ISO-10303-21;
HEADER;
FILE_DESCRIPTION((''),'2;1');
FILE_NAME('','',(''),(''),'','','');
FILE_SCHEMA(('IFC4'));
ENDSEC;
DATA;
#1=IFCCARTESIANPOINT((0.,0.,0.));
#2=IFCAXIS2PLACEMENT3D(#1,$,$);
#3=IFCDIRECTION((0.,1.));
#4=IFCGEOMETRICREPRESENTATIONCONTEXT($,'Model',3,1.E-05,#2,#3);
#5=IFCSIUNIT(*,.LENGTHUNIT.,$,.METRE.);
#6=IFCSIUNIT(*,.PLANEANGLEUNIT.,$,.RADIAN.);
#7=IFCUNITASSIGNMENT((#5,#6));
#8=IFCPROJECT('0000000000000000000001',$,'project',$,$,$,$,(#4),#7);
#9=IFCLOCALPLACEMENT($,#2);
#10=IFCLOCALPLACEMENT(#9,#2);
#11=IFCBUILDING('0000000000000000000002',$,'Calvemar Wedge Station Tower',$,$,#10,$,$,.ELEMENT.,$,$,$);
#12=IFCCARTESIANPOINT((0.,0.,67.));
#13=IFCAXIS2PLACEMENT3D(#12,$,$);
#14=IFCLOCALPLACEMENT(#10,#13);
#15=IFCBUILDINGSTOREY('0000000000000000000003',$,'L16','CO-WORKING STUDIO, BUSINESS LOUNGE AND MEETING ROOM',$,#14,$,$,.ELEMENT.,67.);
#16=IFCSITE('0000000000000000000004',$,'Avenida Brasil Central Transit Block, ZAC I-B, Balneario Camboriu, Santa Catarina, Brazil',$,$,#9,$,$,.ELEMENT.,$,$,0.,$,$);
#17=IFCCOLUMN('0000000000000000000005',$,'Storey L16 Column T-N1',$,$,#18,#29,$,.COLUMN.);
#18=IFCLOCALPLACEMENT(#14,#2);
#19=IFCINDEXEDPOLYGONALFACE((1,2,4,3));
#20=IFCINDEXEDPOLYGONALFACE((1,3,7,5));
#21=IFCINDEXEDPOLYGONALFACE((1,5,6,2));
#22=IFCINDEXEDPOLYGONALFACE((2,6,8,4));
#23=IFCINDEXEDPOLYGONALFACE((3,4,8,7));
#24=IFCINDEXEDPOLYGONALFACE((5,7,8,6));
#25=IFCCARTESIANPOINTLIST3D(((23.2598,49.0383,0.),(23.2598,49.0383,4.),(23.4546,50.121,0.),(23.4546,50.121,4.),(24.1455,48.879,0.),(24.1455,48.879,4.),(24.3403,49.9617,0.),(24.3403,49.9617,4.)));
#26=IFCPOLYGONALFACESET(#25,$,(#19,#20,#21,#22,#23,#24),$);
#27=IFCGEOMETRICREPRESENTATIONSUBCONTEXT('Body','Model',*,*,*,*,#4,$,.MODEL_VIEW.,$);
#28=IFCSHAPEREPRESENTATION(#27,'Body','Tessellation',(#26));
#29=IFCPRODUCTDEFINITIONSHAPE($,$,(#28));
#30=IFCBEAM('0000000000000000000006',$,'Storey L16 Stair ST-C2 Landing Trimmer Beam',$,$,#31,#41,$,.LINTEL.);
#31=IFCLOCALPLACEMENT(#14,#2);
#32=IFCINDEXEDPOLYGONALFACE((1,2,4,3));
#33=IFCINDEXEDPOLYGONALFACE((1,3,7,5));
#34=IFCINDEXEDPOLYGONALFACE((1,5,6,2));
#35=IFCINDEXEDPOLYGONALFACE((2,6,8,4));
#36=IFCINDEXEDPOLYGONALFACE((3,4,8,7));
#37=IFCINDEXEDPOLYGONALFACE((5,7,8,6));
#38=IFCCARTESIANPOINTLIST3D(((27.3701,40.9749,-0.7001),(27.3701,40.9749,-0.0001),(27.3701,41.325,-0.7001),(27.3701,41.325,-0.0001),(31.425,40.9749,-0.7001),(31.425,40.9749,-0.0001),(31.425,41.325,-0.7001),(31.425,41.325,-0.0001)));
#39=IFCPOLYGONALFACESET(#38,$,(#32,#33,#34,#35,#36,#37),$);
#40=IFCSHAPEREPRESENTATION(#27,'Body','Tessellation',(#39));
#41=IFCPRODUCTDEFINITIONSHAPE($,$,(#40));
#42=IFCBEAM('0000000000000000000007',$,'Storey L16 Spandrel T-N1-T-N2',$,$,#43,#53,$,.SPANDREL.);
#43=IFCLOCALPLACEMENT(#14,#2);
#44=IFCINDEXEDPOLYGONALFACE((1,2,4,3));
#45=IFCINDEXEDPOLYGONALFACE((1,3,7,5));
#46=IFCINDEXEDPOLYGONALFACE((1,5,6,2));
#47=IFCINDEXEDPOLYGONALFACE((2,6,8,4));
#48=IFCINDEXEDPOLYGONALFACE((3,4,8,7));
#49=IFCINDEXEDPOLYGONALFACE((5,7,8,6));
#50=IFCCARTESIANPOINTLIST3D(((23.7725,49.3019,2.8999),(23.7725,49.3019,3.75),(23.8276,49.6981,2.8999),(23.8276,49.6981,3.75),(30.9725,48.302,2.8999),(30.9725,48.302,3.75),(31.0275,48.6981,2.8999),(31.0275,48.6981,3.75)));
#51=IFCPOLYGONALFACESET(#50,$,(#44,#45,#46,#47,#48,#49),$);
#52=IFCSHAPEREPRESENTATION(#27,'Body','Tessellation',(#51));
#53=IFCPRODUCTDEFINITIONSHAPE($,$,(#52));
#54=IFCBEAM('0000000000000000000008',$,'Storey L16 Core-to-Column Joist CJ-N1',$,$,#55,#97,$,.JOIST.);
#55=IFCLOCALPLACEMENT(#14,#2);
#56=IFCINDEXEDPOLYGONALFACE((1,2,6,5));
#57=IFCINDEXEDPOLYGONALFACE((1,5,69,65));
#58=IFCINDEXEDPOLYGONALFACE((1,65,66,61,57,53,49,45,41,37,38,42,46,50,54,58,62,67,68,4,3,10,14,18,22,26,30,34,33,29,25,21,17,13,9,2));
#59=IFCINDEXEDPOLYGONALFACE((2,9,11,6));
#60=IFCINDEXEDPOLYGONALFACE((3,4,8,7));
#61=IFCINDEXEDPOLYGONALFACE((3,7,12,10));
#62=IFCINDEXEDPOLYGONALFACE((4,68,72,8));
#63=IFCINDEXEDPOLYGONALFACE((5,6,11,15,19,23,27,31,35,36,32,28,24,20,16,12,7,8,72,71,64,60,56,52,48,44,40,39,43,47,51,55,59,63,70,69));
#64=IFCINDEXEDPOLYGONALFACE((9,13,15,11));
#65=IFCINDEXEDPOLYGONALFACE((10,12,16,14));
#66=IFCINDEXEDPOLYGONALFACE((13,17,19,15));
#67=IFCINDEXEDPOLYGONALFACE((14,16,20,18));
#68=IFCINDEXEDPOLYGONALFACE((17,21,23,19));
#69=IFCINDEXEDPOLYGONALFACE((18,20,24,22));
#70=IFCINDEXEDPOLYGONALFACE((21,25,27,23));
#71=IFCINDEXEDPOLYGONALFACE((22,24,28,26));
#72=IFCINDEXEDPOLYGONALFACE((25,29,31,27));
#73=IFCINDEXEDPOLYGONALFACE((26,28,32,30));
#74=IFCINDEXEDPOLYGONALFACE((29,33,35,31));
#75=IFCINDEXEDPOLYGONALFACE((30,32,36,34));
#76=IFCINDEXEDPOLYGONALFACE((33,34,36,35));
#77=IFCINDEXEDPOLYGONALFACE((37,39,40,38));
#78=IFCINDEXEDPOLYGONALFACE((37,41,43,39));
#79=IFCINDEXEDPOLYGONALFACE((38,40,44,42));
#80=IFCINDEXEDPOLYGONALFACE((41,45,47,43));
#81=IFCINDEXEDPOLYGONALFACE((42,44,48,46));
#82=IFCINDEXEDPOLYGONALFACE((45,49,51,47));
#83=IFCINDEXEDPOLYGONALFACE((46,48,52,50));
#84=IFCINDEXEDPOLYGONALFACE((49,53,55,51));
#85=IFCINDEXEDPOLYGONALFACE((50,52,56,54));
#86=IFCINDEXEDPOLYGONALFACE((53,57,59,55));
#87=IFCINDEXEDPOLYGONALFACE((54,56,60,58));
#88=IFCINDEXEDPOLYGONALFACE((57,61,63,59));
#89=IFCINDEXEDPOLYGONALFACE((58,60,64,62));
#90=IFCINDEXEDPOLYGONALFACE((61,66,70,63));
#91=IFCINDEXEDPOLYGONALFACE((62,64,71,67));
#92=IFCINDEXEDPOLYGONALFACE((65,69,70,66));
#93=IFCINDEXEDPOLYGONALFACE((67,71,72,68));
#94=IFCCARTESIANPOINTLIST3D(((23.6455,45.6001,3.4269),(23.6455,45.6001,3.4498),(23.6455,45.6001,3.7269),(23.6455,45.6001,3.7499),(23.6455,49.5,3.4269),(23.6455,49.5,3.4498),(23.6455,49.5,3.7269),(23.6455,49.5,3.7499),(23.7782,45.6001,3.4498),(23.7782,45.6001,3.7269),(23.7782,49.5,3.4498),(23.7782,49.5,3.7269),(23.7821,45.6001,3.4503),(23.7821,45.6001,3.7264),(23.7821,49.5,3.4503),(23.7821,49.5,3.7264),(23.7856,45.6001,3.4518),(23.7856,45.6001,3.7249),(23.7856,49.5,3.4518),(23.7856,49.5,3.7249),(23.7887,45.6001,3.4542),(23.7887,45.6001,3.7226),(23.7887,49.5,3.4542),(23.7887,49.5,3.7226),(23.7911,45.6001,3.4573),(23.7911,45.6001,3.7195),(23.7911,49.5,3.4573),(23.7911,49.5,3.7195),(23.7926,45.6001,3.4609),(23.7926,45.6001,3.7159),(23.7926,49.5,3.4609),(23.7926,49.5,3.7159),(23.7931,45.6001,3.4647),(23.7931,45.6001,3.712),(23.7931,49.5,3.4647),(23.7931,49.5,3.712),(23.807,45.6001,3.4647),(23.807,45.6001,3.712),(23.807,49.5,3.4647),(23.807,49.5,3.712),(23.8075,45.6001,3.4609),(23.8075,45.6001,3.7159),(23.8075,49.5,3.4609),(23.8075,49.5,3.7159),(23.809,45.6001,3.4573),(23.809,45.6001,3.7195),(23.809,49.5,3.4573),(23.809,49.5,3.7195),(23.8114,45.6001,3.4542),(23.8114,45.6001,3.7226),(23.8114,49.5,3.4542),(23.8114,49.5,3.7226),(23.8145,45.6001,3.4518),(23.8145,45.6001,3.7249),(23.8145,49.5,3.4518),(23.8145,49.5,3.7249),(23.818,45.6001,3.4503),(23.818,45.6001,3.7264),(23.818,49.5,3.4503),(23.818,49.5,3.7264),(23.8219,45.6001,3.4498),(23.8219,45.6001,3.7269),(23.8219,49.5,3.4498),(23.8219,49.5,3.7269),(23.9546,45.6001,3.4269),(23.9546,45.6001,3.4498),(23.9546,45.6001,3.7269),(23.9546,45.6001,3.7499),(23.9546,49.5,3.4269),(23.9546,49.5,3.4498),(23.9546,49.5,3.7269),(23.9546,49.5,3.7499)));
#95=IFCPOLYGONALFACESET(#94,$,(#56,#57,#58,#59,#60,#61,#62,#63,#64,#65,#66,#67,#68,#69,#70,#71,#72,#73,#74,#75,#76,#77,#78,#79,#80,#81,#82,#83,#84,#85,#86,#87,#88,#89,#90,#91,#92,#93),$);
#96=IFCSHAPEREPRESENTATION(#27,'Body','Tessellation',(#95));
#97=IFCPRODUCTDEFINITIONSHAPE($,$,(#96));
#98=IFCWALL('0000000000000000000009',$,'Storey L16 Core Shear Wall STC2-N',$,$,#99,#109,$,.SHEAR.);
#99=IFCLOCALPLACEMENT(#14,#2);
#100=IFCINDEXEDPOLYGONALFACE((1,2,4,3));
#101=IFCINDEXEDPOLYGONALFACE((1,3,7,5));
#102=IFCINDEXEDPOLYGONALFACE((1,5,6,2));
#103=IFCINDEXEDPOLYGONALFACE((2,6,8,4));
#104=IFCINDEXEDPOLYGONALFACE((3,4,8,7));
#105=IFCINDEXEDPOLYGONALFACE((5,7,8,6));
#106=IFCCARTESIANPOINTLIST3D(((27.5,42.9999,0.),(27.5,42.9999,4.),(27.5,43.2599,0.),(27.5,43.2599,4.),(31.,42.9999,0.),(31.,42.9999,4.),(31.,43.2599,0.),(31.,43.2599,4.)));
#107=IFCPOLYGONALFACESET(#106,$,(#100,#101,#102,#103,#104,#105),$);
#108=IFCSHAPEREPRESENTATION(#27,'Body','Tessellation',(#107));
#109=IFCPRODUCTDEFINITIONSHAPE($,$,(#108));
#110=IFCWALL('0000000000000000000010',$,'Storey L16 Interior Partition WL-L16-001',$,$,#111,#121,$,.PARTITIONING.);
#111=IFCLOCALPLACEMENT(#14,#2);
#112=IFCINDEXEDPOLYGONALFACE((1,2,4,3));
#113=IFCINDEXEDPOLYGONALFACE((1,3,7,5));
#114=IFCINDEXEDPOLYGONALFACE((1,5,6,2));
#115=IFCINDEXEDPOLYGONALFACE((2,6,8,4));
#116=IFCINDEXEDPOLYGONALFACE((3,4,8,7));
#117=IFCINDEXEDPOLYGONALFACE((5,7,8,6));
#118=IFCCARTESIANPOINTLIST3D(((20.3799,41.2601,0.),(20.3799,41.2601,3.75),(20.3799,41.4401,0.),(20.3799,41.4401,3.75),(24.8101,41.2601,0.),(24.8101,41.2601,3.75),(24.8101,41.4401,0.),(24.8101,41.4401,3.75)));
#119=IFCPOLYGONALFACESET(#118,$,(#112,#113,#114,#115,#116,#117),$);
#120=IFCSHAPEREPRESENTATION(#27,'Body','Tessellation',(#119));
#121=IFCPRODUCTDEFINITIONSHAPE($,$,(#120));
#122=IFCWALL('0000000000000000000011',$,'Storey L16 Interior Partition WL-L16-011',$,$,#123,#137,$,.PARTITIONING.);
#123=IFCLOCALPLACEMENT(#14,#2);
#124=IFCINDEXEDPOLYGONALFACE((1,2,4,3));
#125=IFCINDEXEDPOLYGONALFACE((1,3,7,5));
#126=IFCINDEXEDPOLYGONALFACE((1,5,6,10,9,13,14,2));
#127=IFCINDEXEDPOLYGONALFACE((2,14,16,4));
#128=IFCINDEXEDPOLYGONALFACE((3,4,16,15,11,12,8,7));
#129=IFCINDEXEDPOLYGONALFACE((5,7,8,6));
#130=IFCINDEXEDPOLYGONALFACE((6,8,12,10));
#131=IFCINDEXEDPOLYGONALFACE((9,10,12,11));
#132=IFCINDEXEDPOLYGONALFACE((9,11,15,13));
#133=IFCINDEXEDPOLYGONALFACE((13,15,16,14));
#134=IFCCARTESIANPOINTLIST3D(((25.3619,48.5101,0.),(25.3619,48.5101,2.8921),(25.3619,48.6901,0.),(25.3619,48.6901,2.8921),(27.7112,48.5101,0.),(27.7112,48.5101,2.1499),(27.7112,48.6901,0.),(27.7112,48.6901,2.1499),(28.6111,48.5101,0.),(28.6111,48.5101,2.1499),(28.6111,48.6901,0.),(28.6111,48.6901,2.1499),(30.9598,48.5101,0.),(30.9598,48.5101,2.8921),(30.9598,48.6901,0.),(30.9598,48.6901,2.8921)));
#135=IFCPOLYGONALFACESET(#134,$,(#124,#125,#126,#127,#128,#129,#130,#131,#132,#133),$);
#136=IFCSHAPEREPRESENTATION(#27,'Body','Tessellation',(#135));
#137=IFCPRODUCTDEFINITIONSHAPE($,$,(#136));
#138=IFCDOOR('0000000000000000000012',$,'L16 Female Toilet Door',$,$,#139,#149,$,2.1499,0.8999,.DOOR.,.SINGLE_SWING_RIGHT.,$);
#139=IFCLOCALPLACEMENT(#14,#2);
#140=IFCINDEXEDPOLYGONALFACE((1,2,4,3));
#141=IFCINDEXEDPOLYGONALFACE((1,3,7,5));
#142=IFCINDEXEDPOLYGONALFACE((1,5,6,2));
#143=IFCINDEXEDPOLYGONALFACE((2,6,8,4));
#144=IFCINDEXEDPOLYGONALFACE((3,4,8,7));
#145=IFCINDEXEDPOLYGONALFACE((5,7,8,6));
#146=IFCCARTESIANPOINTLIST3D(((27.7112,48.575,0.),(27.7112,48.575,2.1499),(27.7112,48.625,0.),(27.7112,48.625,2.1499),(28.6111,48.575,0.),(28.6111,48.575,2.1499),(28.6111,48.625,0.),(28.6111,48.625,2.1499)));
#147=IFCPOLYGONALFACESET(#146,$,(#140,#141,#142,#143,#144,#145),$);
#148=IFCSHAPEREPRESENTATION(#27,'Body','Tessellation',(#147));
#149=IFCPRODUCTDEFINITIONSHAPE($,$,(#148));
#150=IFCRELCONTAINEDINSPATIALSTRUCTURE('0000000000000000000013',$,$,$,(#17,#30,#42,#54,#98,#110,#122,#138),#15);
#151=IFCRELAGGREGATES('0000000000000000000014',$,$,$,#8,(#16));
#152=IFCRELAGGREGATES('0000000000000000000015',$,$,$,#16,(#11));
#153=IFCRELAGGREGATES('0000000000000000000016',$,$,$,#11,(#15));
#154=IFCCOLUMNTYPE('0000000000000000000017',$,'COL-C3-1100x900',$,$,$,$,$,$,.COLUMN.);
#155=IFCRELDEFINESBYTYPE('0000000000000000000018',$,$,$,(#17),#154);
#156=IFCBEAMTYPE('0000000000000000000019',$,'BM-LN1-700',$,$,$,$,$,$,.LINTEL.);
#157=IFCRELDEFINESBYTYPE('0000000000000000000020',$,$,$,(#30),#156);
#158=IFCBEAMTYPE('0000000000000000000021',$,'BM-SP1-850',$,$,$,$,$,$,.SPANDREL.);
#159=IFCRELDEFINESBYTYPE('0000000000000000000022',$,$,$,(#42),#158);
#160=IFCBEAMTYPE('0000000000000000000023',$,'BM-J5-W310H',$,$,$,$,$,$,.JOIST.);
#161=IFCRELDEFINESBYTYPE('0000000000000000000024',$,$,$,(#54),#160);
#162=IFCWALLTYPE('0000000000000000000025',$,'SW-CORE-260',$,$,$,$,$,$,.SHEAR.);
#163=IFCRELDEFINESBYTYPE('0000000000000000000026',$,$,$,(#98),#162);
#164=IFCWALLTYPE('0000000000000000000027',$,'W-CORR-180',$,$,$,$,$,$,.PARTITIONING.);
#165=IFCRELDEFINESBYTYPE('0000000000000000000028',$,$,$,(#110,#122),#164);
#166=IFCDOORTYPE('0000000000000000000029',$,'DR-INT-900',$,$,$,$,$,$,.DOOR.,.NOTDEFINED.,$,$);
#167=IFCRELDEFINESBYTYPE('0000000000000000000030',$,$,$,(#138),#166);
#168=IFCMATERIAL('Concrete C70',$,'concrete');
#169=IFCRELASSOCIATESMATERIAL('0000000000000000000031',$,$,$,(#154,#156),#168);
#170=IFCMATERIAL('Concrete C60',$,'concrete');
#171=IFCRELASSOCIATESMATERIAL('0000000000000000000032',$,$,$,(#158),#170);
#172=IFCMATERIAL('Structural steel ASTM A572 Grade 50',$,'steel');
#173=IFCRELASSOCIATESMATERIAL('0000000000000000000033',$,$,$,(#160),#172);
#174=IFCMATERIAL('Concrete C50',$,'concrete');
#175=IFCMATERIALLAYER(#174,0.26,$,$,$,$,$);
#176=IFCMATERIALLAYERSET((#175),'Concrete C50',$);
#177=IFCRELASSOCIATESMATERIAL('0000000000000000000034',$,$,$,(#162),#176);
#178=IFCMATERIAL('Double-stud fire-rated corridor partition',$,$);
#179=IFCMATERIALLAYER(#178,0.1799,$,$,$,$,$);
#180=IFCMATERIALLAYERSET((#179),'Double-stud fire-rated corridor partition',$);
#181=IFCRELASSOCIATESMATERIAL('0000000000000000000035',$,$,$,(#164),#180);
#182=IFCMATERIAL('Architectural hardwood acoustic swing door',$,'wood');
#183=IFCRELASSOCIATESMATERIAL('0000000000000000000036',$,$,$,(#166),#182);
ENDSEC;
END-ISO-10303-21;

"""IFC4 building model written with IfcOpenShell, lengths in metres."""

from ifc_helpers import new_model, si_unit, direction, frame, frame_2d, origin, origin_2d, place, context, subcontext, project, spatial, rectangle, i_section, extrude, source, transform, mapped, material, layer, layer_set, material_profile, profile_set, type_object, element, fill, save


model = new_model("IFC4")

# Units and contexts
model_context = context("Model", 3, precision=1e-05, world=origin(), true_north=direction((0.0, 1.0)))
body_context = subcontext(model_context, "Body", "Model", "MODEL_VIEW")
ifc_project = project(units=[si_unit("LENGTHUNIT", "METRE"), si_unit("PLANEANGLEUNIT", "RADIAN")], contexts=[model_context])

# Site, building, storey
site_placement = place(None, origin())
site = spatial("IfcSite", under=ifc_project, at=site_placement, Name="Avenida Brasil Central Transit Block, ZAC I-B, Balneario Camboriu, Santa Catarina, Brazil", CompositionType="ELEMENT", RefElevation=0.0)
building_placement = place(site_placement, origin())
building = spatial("IfcBuilding", under=site, at=building_placement, Name="Calvemar Wedge Station Tower", CompositionType="ELEMENT")
storey_placement = place(building_placement, frame((0.0, 0.0, 67.0)))
storey = spatial("IfcBuildingStorey", under=building, at=storey_placement, Name="L16", Description="CO-WORKING STUDIO, BUSINESS LOUNGE AND MEETING ROOM", CompositionType="ELEMENT", Elevation=67.0)

# Column
ifc_material_1 = material(Name="Concrete C70", Category="concrete")
ifc_material_profile_1 = material_profile(ifc_material_1, rectangle(XDim=0.8999, YDim=1.1001, at=origin_2d()), Name="RC1100x900")
ifc_profile_set_1 = profile_set([ifc_material_profile_1], Name="Concrete C70")
column_type = type_object("IfcColumnType", Name="COL-C3-1100x900", PredefinedType="COLUMN", material=ifc_profile_set_1)
shared_shape_1 = source(origin(), body_context, "Body", "SweptSolid", [
    extrude(rectangle(XDim=0.8999, YDim=1.1001, at=origin_2d()), origin(), (0.0, 0.0, 1.0), 4.0),
])
column_placement = place(storey_placement, frame((23.8, 49.5, 0.0), z_axis=(0.0, 0.0, 1.0), x_axis=(0.984196, -0.177085, 0.0)))
element("IfcColumn", 1, at=column_placement, inside=storey, type_object=column_type, Name="Storey L16 Column T-N1", PredefinedType="COLUMN", context=body_context, shape_type="MappedRepresentation", body=[
    mapped(shared_shape_1, transform((0.0, 0.0, 0.0), scale=1.0)),
])

# Beams
ifc_material_profile_2 = material_profile(ifc_material_1, rectangle(XDim=0.3501, YDim=0.7, at=origin_2d()), Name="RC350x700")
ifc_profile_set_2 = profile_set([ifc_material_profile_2], Name="Concrete C70")
beam_type_1 = type_object("IfcBeamType", Name="BM-LN1-700", PredefinedType="LINTEL", material=ifc_profile_set_2)
shared_shape_2 = source(origin(), body_context, "Body", "SweptSolid", [
    extrude(rectangle(XDim=0.3501, YDim=0.7, at=origin_2d()), origin(), (0.0, 0.0, 1.0), 4.0549),
])
beam_1_placement = place(storey_placement, frame((27.3701, 41.1499, -0.3501), z_axis=(1.0, 0.0, 0.0), x_axis=(0.0, 1.0, 0.0)))
element("IfcBeam", 2, at=beam_1_placement, inside=storey, type_object=beam_type_1, Name="Storey L16 Stair ST-C2 Landing Trimmer Beam", PredefinedType="LINTEL", context=body_context, shape_type="MappedRepresentation", body=[
    mapped(shared_shape_2, transform((0.0, 0.0, 0.0), scale=1.0)),
])
ifc_material_2 = material(Name="Concrete C60", Category="concrete")
ifc_material_profile_3 = material_profile(ifc_material_2, rectangle(XDim=0.3999, YDim=0.8501, at=origin_2d()), Name="RC400x850")
ifc_profile_set_3 = profile_set([ifc_material_profile_3], Name="Concrete C60")
beam_type_2 = type_object("IfcBeamType", Name="BM-SP1-850", PredefinedType="SPANDREL", material=ifc_profile_set_3)
shared_shape_3 = source(origin(), body_context, "Body", "SweptSolid", [
    extrude(rectangle(XDim=0.3999, YDim=0.8501, at=origin_2d()), origin(), (0.0, 0.0, 1.0), 7.269),
])
beam_2_placement = place(storey_placement, frame((23.8, 49.5, 3.325), z_axis=(0.990492, -0.137569, 0.0), x_axis=(0.137569, 0.990492, 0.0)))
element("IfcBeam", 3, at=beam_2_placement, inside=storey, type_object=beam_type_2, Name="Storey L16 Spandrel T-N1-T-N2", PredefinedType="SPANDREL", context=body_context, shape_type="MappedRepresentation", body=[
    mapped(shared_shape_3, transform((0.0, 0.0, 0.0), scale=1.0)),
])
ifc_material_3 = material(Name="Structural steel ASTM A572 Grade 50", Category="steel")
ifc_material_profile_4 = material_profile(ifc_material_3, i_section(OverallWidth=0.3091, OverallDepth=0.323, WebThickness=0.0139, FlangeThickness=0.0229, FilletRadius=0.0149, at=origin_2d()), Name="W310x143")
ifc_profile_set_4 = profile_set([ifc_material_profile_4], Name="Structural steel ASTM A572 Grade 50")
beam_type_3 = type_object("IfcBeamType", Name="BM-J5-W310H", PredefinedType="JOIST", material=ifc_profile_set_4)
shared_shape_4 = source(origin(), body_context, "Body", "SweptSolid", [
    extrude(i_section(OverallWidth=0.3091, OverallDepth=0.323, WebThickness=0.0139, FlangeThickness=0.0229, FilletRadius=0.0149, at=origin_2d()), origin(), (0.0, 0.0, 1.0), 3.8999),
])
beam_3_placement = place(storey_placement, frame((23.8, 45.6001, 3.5884), z_axis=(0.0, 1.0, 0.0), x_axis=(-1.0, 0.0, 0.0)))
element("IfcBeam", 4, at=beam_3_placement, inside=storey, type_object=beam_type_3, Name="Storey L16 Core-to-Column Joist CJ-N1", PredefinedType="JOIST", context=body_context, shape_type="MappedRepresentation", body=[
    mapped(shared_shape_4, transform((0.0, 0.0, 0.0), scale=1.0)),
])

# Walls
ifc_material_4 = material(Name="Concrete C50", Category="concrete")
ifc_layer_1 = layer(ifc_material_4, 0.26)
ifc_layer_set_1 = layer_set([ifc_layer_1], Name="Concrete C50")
wall_type_1 = type_object("IfcWallType", Name="SW-CORE-260", PredefinedType="SHEAR", material=ifc_layer_set_1)
wall_1_placement = place(storey_placement, frame((27.5, 43.1299, 0.0), z_axis=(0.0, 0.0, 1.0), x_axis=(1.0, 0.0, 0.0)))
element("IfcWall", 5, at=wall_1_placement, inside=storey, type_object=wall_type_1, Name="Storey L16 Core Shear Wall STC2-N", PredefinedType="SHEAR", context=body_context, shape_type="SweptSolid", body=[
    extrude(rectangle(XDim=3.5, YDim=0.26, at=frame_2d((1.75, 0.0))), origin(), (0.0, 0.0, 1.0), 4.0),
])
ifc_material_5 = material(Name="Double-stud fire-rated corridor partition")
ifc_layer_2 = layer(ifc_material_5, 0.1799)
ifc_layer_set_2 = layer_set([ifc_layer_2], Name="Double-stud fire-rated corridor partition")
wall_type_2 = type_object("IfcWallType", Name="W-CORR-180", PredefinedType="PARTITIONING", material=ifc_layer_set_2)
wall_2_placement = place(storey_placement, frame((24.8101, 41.3501, 0.0), z_axis=(0.0, 0.0, 1.0), x_axis=(-1.0, 0.0, 0.0)))
element("IfcWall", 6, at=wall_2_placement, inside=storey, type_object=wall_type_2, Name="Storey L16 Interior Partition WL-L16-001", PredefinedType="PARTITIONING", context=body_context, shape_type="SweptSolid", body=[
    extrude(rectangle(XDim=4.4302, YDim=0.1799, at=frame_2d((2.2151, 0.0))), origin(), (0.0, 0.0, 1.0), 3.75),
])

# Wall, opening, door
wall_3_placement = place(storey_placement, frame((25.3621, 48.6001, 0.0), z_axis=(0.0, 0.0, 1.0), x_axis=(1.0, 0.0, 0.0)))
wall_3 = element("IfcWall", 7, at=wall_3_placement, inside=storey, type_object=wall_type_2, Name="Storey L16 Interior Partition WL-L16-011", PredefinedType="PARTITIONING", context=body_context, shape_type="SweptSolid", body=[
    extrude(rectangle(XDim=5.5979, YDim=0.1799, at=frame_2d((2.7988, 0.0))), origin(), (0.0, 0.0, 1.0), 2.8921),
])
shared_shape_5 = source(origin(), body_context, "Body", "SweptSolid", [
    extrude(rectangle(XDim=0.8999, YDim=2.1499, at=frame_2d((0.45, 1.075))), frame((0.0, 0.1001, 0.0), z_axis=(0.0, -1.0, 0.0), x_axis=(1.0, 0.0, 0.0)), (0.0, 0.0, 1.0), 0.2),
])
opening_1_placement = place(wall_3_placement, frame((2.3491, 0.0, 0.0)))
opening_1 = element("IfcOpeningElement", 8, at=opening_1_placement, cuts=wall_3, PredefinedType="OPENING", context=body_context, shape_type="MappedRepresentation", body=[
    mapped(shared_shape_5, transform((0.0, 0.0, 0.0), scale=1.0)),
])
ifc_material_6 = material(Name="Architectural hardwood acoustic swing door", Category="wood")
door_type_1 = type_object("IfcDoorType", Name="DR-INT-900", OperationType="NOTDEFINED", PredefinedType="DOOR", material=ifc_material_6)
shared_shape_6 = source(origin(), body_context, "Body", "SweptSolid", [
    extrude(rectangle(XDim=0.8999, YDim=2.1499, at=frame_2d((0.45, 1.075))), frame((0.0, 0.0249, 0.0), z_axis=(0.0, -1.0, 0.0), x_axis=(1.0, 0.0, 0.0)), (0.0, 0.0, 1.0), 0.05),
])
door_1_placement = place(opening_1_placement, origin())
door_1 = element("IfcDoor", 9, at=door_1_placement, inside=storey, type_object=door_type_1, Name="L16 Female Toilet Door", OperationType="SINGLE_SWING_RIGHT", OverallHeight=2.1499, OverallWidth=0.8999, PredefinedType="DOOR", context=body_context, shape_type="MappedRepresentation", body=[
    mapped(shared_shape_6, transform((0.0, 0.0, 0.0), scale=1.0)),
])
fill(opening_1, door_1)

save(model, "model.ifc")
